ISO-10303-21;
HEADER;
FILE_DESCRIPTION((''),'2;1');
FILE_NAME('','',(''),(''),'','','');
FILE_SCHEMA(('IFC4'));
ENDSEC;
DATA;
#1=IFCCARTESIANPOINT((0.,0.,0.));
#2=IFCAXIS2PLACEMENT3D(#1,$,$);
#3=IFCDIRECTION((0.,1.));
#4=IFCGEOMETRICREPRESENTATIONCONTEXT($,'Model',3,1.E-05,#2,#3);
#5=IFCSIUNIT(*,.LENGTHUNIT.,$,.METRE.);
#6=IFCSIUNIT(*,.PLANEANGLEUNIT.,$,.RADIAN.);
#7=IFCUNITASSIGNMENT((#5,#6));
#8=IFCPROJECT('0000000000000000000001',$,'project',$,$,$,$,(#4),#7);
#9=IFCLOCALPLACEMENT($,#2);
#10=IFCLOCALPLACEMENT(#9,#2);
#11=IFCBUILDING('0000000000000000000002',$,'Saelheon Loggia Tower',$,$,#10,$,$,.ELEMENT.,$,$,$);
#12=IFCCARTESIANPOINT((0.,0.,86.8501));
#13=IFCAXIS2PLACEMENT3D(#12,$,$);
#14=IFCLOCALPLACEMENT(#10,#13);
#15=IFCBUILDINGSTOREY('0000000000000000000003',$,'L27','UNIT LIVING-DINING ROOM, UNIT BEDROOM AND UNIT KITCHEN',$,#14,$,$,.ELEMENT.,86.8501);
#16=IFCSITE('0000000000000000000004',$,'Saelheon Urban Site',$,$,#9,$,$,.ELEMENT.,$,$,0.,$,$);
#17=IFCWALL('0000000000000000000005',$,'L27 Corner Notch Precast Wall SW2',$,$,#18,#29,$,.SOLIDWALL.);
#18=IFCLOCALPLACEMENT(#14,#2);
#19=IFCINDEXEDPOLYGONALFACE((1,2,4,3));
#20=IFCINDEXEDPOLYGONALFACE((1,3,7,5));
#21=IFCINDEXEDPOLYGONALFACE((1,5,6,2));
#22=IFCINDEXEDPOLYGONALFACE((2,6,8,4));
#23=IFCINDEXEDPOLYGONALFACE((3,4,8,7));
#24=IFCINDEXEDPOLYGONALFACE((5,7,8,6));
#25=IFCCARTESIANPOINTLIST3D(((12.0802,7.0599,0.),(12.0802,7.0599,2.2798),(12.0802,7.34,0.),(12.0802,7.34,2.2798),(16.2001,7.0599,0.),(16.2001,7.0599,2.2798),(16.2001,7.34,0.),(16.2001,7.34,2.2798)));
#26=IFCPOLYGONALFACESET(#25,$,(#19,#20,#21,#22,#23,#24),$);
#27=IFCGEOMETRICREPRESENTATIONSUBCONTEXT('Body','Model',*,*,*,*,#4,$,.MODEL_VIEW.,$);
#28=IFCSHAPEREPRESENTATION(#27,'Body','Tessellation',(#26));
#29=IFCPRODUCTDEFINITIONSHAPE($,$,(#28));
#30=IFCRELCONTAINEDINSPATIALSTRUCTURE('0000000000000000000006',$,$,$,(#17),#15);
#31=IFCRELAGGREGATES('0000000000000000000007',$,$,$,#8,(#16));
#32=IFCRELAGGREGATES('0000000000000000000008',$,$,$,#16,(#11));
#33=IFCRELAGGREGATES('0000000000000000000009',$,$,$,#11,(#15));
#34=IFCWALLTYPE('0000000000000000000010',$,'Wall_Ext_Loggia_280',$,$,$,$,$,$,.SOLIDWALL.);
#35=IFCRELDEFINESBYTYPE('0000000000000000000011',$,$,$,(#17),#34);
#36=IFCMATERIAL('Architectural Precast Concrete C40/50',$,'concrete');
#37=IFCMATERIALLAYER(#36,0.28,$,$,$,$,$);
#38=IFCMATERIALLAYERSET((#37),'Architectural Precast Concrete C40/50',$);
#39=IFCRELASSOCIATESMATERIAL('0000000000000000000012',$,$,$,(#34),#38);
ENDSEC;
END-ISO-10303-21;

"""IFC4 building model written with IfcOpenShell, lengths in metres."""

from ifc_helpers import new_model, si_unit, direction, frame, frame_2d, origin, place, context, subcontext, project, spatial, rectangle, extrude, material, layer, layer_set, type_object, element, save


model = new_model("IFC4")

# Units and contexts
model_context = context("Model", 3, precision=1e-05, world=origin(), true_north=direction((0.0, 1.0)))
body_context = subcontext(model_context, "Body", "Model", "MODEL_VIEW")
ifc_project = project(units=[si_unit("LENGTHUNIT", "METRE"), si_unit("PLANEANGLEUNIT", "RADIAN")], contexts=[model_context])

# Site, building, storey
site_placement = place(None, origin())
site = spatial("IfcSite", under=ifc_project, at=site_placement, Name="Saelheon Urban Site", CompositionType="ELEMENT", RefElevation=0.0)
building_placement = place(site_placement, origin())
building = spatial("IfcBuilding", under=site, at=building_placement, Name="Saelheon Loggia Tower", CompositionType="ELEMENT")
storey_placement = place(building_placement, frame((0.0, 0.0, 86.8501)))
storey = spatial("IfcBuildingStorey", under=building, at=storey_placement, Name="L27", Description="UNIT LIVING-DINING ROOM, UNIT BEDROOM AND UNIT KITCHEN", CompositionType="ELEMENT", Elevation=86.8501)

# Shared definitions
ifc_material_1 = material(Name="Architectural Precast Concrete C40/50", Category="concrete")
ifc_layer_1 = layer(ifc_material_1, 0.28)
ifc_layer_set_1 = layer_set([ifc_layer_1], Name="Architectural Precast Concrete C40/50")
wall_type = type_object("IfcWallType", Name="Wall_Ext_Loggia_280", PredefinedType="SOLIDWALL", material=ifc_layer_set_1)

# Wall
wall_1_placement = place(storey_placement, frame((12.0801, 7.2, 0.0), z_axis=(0.0, 0.0, 1.0), x_axis=(1.0, 0.0, 0.0)))
element("IfcWall", 1, at=wall_1_placement, inside=storey, type_object=wall_type, Name="L27 Corner Notch Precast Wall SW2", PredefinedType="SOLIDWALL", context=body_context, shape_type="SweptSolid", body=[
    extrude(rectangle(XDim=4.1199, YDim=0.28, at=frame_2d((2.0601, 0.0))), origin(), (0.0, 0.0, 1.0), 2.2798),
])

save(model, "model.ifc")
